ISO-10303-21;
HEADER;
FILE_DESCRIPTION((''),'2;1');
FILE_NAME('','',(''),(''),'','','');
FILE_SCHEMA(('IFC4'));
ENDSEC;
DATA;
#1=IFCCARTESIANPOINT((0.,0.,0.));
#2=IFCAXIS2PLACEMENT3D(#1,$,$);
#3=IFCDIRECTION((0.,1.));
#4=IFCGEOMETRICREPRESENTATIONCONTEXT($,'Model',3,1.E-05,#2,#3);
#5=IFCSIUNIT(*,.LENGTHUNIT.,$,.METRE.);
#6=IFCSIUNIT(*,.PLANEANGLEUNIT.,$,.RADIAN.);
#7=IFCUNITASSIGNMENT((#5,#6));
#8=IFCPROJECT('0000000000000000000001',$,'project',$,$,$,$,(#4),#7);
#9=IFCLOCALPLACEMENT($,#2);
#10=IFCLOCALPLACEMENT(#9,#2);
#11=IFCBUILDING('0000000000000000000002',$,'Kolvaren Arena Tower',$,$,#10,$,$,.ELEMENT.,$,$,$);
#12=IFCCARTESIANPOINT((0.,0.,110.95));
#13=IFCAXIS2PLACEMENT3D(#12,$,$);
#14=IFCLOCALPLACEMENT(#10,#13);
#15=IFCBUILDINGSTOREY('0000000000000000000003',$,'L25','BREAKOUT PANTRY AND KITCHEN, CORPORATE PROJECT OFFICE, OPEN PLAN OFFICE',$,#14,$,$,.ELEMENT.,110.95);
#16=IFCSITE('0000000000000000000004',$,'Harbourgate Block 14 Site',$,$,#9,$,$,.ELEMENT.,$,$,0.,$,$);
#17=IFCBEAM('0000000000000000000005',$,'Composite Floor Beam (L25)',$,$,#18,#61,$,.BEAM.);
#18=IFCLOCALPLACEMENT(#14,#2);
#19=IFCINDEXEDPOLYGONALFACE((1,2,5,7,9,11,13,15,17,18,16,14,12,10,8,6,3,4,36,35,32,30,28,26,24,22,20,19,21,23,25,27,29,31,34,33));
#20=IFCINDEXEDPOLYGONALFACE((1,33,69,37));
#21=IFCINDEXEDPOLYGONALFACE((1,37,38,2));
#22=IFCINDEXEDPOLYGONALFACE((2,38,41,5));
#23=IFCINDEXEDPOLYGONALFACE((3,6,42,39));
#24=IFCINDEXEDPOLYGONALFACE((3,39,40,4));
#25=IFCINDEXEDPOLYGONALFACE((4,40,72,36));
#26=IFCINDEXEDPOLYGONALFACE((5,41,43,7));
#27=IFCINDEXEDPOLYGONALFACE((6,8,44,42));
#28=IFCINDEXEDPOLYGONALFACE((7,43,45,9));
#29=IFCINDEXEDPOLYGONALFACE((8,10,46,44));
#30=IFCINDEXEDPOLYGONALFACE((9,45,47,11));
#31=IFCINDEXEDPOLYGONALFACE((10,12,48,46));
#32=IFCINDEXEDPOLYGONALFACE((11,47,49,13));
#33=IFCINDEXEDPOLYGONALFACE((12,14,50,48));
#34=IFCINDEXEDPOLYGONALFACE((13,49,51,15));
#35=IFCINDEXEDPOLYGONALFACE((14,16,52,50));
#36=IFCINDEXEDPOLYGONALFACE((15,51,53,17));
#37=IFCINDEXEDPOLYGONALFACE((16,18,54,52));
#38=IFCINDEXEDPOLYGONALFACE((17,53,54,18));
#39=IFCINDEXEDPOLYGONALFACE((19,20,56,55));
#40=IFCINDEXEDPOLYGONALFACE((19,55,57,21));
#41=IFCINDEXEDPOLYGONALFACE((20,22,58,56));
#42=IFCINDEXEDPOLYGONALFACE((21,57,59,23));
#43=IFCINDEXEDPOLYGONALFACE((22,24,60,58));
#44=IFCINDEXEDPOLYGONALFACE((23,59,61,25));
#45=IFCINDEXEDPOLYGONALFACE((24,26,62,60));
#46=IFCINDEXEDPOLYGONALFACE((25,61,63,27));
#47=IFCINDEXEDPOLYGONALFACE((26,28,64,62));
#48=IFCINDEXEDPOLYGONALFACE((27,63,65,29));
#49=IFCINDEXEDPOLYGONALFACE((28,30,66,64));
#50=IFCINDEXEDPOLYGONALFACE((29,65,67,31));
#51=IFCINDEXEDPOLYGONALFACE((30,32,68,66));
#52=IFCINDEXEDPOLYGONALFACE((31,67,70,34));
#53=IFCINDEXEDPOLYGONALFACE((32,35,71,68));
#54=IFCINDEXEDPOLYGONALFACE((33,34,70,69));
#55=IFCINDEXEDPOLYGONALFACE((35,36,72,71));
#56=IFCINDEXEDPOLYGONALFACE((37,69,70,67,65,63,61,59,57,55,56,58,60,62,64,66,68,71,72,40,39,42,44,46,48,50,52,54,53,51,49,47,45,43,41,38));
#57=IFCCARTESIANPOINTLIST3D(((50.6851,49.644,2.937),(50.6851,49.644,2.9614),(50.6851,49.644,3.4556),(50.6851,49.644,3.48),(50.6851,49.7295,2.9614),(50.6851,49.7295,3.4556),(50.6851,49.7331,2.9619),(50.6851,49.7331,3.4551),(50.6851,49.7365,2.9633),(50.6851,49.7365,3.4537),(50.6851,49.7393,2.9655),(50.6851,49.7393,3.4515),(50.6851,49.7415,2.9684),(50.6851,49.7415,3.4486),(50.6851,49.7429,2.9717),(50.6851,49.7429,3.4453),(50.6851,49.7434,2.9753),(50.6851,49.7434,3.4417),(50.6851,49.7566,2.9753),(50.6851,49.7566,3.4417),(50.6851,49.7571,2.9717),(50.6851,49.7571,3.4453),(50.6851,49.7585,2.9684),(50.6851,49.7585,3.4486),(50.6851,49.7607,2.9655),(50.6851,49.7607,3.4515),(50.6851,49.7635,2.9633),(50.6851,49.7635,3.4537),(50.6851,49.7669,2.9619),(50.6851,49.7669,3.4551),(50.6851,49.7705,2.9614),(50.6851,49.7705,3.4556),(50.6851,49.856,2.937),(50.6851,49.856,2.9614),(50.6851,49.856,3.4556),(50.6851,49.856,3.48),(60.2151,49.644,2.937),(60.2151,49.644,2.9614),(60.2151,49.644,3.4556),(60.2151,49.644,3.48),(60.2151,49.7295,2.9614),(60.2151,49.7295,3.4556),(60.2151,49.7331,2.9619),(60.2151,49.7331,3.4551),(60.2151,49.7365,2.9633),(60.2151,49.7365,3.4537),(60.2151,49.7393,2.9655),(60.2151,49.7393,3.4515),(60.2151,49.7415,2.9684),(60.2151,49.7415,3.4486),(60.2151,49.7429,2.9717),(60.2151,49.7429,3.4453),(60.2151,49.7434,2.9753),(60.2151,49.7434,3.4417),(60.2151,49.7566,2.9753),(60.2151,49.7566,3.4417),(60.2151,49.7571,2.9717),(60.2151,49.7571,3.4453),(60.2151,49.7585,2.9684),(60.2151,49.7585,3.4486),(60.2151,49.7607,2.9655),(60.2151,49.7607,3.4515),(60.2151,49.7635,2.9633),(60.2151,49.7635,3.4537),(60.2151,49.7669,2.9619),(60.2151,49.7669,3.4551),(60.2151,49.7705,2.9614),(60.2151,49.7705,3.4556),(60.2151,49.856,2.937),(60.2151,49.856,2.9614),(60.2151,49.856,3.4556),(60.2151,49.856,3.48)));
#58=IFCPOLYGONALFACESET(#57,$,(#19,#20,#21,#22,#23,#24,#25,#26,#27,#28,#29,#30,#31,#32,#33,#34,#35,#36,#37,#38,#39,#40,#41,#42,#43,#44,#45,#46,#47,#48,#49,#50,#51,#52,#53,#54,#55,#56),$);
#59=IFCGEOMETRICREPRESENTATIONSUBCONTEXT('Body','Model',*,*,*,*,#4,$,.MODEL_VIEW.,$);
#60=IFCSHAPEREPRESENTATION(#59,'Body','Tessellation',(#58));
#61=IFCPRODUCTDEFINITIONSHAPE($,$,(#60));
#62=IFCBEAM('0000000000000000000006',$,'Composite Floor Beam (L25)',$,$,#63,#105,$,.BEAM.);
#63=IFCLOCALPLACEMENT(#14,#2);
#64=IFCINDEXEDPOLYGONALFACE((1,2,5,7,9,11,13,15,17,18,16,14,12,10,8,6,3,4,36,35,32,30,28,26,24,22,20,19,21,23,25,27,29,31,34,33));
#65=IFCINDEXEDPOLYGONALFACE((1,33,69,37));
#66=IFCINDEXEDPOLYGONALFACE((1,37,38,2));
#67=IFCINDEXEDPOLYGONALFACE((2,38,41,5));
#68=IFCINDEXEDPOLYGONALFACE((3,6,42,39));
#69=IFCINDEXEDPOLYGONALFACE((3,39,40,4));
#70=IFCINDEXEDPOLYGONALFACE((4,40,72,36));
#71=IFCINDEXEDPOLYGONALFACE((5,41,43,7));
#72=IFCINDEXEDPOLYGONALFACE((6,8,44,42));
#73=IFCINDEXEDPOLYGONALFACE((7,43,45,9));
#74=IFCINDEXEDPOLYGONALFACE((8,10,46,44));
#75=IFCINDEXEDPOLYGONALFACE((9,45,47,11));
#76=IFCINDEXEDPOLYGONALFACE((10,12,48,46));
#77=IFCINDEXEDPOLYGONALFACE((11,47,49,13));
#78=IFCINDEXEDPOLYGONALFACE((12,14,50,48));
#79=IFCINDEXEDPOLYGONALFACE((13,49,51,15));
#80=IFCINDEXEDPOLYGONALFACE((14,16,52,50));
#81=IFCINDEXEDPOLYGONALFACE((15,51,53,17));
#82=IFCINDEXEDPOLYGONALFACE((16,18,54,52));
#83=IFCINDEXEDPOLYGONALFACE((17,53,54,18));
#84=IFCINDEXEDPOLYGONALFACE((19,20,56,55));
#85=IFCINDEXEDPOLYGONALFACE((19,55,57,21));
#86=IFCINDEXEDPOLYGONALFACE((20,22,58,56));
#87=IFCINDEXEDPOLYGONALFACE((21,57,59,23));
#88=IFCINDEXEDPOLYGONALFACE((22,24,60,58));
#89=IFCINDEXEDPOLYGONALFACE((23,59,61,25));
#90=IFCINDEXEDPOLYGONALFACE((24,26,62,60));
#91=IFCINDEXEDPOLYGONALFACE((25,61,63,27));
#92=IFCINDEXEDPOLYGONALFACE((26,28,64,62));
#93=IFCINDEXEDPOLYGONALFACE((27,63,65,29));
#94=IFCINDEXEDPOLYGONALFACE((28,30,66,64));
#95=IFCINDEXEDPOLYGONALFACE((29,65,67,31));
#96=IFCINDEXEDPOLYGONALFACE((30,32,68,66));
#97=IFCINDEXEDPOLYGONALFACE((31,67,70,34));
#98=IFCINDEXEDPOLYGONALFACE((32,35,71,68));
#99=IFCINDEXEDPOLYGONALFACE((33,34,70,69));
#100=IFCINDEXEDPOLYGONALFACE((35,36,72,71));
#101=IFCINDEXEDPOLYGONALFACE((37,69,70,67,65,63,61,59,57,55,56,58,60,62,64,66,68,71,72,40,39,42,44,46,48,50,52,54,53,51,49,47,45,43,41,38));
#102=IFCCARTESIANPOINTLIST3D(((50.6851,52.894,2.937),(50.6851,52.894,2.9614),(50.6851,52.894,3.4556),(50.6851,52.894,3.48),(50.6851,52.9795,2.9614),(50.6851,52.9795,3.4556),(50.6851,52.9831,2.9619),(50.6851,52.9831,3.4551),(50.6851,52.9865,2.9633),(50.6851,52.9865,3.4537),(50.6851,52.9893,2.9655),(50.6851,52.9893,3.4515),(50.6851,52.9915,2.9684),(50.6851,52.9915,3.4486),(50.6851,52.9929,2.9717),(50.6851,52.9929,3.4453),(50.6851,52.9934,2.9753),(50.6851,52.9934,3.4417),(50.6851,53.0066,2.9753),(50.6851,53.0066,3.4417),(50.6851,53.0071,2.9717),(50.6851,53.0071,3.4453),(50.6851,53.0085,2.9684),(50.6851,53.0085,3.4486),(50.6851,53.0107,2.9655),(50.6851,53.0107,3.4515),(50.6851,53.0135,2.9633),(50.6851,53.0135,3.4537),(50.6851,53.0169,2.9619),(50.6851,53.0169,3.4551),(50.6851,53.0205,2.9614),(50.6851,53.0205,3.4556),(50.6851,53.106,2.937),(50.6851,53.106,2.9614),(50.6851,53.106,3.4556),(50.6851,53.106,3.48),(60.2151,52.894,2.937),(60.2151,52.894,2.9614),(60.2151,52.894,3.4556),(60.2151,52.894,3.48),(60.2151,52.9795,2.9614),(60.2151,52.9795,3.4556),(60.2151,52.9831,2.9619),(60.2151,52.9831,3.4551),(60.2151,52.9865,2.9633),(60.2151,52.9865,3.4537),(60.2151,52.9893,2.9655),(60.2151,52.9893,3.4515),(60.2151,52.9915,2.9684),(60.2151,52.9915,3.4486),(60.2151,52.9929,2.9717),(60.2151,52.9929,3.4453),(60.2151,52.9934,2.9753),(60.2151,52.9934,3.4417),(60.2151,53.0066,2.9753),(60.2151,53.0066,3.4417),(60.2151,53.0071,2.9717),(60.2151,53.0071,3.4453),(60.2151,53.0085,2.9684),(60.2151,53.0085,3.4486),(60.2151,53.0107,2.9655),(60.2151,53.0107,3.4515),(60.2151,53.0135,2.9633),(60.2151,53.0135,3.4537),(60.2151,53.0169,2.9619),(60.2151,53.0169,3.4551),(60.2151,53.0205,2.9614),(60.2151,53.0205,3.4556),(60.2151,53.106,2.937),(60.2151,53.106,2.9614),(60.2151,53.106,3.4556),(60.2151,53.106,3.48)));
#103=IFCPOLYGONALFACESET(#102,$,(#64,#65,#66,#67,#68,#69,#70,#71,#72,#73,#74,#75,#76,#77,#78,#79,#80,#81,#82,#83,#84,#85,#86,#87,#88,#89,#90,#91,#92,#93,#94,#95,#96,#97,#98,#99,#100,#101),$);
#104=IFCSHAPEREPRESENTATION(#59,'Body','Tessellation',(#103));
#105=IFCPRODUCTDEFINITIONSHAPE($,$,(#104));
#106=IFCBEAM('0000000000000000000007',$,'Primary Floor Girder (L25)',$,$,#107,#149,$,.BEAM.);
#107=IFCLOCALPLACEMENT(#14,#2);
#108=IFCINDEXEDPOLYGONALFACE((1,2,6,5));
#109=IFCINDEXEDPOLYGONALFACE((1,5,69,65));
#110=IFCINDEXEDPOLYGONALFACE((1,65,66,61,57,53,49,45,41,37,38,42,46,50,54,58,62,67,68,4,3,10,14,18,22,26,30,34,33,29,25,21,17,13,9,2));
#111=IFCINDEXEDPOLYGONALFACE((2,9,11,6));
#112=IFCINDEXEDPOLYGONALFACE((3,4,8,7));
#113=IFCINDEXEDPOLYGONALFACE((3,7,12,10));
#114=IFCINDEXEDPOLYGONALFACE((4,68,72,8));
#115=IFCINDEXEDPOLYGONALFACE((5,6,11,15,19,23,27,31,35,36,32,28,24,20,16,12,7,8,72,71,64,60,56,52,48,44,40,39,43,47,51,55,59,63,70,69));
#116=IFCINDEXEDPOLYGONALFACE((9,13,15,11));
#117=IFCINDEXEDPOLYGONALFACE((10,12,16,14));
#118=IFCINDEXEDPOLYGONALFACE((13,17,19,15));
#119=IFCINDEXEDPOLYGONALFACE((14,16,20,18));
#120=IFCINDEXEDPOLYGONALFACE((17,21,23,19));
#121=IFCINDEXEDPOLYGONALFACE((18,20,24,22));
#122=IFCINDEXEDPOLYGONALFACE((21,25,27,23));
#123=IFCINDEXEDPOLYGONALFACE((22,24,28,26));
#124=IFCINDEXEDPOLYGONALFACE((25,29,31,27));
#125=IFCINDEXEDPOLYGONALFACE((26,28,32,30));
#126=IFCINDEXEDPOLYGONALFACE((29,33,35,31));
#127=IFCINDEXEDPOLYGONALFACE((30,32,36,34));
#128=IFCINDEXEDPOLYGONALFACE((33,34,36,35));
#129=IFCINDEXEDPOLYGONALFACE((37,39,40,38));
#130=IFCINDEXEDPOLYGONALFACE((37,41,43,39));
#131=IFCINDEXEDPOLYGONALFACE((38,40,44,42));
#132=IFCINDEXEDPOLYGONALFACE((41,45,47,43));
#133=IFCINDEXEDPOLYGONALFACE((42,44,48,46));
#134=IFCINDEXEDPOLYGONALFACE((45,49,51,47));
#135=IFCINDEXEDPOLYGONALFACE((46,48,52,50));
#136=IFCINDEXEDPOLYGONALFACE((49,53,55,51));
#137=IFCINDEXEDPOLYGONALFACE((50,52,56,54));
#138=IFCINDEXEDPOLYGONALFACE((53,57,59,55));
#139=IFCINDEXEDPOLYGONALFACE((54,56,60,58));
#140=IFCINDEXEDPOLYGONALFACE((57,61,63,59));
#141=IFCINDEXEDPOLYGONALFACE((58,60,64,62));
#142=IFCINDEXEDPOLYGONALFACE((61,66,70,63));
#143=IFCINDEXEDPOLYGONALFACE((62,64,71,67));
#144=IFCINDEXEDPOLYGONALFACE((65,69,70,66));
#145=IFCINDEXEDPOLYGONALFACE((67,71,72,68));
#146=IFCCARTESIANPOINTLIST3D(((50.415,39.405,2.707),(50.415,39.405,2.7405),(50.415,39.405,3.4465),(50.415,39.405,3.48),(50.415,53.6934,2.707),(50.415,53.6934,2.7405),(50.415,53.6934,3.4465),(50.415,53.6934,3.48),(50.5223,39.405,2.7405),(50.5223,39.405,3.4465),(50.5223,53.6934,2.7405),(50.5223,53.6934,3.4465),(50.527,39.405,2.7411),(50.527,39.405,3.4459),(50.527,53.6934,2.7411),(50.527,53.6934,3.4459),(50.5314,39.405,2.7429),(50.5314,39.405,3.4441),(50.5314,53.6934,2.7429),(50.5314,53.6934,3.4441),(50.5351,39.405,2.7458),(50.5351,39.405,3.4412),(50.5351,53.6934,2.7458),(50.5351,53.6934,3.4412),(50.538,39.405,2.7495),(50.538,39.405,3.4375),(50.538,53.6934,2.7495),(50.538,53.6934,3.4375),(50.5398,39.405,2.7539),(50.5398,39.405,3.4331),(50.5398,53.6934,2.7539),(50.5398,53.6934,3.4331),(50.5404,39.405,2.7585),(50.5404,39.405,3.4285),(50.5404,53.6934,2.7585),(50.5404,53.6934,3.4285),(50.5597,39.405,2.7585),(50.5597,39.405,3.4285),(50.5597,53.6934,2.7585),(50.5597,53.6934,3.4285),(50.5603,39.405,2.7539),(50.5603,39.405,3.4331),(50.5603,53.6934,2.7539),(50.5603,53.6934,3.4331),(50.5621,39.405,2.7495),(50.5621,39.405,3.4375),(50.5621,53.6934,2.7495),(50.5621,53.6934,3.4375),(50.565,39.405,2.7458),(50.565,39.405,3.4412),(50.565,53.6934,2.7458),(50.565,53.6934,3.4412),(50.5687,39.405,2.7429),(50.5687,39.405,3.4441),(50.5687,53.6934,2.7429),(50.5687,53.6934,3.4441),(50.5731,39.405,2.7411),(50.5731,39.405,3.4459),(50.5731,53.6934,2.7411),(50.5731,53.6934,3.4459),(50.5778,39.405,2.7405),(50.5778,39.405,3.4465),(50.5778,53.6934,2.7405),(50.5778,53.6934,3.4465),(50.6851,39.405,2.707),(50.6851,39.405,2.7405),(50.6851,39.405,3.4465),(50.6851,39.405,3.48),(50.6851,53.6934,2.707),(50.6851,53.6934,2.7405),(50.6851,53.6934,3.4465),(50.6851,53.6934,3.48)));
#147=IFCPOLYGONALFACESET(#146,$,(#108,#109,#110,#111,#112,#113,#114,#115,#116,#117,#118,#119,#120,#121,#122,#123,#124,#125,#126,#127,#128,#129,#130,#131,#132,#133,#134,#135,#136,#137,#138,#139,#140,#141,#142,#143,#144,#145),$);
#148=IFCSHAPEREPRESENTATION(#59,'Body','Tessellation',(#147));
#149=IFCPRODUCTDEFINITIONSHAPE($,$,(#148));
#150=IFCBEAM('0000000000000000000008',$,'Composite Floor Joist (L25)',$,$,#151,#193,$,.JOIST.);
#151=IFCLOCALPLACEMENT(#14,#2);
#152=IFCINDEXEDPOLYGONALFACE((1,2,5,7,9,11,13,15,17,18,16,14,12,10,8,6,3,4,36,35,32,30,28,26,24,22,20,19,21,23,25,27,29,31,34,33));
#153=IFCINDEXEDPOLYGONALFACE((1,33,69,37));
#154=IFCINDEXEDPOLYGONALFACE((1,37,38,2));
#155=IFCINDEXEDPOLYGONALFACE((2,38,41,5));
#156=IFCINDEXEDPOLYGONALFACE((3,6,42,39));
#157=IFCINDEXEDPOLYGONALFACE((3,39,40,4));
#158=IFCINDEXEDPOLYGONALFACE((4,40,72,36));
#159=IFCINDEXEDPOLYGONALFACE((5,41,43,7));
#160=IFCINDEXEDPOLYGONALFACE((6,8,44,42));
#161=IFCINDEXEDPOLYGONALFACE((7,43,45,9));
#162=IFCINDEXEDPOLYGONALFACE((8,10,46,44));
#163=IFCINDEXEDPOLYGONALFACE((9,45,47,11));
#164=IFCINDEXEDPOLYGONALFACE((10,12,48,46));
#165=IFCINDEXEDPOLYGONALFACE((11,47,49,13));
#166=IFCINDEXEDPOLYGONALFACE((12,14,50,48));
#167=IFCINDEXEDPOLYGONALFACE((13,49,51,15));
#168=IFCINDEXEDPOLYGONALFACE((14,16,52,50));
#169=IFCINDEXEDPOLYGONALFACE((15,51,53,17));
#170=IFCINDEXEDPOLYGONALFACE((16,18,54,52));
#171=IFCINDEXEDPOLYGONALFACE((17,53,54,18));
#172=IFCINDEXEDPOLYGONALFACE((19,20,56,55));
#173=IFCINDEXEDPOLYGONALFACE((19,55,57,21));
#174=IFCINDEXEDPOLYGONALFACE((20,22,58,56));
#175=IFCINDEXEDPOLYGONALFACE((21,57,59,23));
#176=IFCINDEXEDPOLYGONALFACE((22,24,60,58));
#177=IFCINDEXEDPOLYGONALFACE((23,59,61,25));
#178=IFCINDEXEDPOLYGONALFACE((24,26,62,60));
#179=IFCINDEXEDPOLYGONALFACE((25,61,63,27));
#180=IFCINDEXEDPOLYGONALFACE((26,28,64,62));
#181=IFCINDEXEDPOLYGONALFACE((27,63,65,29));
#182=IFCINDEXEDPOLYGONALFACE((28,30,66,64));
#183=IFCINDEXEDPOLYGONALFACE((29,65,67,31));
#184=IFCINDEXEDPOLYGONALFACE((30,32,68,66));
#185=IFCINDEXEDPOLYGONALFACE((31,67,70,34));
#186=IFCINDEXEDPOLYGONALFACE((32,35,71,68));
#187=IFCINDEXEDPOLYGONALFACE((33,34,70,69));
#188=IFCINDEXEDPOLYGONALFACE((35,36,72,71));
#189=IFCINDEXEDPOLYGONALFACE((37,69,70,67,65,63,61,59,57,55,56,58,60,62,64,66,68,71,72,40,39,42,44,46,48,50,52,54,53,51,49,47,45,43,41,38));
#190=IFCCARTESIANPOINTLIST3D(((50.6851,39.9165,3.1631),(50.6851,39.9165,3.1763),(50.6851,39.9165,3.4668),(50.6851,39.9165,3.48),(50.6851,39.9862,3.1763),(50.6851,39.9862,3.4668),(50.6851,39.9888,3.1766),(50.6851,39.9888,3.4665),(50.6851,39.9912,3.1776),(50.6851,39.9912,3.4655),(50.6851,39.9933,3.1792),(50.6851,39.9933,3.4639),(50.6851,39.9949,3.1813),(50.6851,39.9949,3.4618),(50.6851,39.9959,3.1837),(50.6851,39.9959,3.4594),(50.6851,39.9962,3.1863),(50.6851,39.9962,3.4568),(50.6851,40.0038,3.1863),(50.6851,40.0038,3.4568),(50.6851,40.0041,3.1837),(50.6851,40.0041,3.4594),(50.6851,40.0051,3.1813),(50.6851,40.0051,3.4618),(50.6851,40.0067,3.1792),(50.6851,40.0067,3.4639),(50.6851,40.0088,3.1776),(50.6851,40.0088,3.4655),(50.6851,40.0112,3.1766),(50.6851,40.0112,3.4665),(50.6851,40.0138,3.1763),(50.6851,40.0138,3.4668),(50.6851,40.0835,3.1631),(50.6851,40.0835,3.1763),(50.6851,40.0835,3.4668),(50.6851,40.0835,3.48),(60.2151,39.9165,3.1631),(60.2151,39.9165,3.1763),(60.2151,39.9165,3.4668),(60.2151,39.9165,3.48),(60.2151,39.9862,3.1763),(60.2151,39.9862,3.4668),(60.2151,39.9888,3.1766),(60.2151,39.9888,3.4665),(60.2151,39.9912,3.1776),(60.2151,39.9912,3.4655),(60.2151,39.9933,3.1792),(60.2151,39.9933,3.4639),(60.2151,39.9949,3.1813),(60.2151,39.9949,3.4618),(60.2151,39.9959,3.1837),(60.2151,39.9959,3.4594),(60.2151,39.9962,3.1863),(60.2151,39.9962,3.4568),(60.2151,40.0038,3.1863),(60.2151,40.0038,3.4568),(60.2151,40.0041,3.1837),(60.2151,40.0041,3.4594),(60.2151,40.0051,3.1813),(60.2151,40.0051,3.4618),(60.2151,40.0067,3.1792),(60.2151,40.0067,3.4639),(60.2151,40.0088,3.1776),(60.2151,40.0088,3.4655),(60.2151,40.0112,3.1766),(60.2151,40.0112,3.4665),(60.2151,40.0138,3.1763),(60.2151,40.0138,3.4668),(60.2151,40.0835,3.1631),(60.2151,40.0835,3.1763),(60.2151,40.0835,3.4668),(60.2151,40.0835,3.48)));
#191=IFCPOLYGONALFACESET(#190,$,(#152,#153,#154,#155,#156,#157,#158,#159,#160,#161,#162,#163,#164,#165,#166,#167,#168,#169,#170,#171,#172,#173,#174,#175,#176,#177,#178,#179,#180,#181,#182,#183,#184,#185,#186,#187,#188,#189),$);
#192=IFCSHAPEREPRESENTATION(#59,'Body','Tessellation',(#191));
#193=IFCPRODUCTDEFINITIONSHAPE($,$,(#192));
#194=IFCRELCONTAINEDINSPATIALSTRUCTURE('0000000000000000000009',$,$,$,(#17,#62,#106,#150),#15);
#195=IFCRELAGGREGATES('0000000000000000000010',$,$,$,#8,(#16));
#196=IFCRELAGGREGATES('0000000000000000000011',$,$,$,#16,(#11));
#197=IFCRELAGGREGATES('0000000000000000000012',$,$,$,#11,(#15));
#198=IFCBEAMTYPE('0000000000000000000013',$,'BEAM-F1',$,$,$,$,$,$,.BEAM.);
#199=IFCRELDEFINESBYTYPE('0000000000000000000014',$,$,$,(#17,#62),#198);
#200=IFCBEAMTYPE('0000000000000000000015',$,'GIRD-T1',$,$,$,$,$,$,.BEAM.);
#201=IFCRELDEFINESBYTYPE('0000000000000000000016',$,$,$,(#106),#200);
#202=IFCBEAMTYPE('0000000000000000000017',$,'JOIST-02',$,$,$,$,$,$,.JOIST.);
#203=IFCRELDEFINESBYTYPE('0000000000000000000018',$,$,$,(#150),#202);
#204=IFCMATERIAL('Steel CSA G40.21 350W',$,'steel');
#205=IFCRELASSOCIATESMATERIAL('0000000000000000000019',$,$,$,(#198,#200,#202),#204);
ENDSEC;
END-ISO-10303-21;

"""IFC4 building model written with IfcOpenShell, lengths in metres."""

from ifc_helpers import new_model, si_unit, direction, frame, origin, origin_2d, place, context, subcontext, project, spatial, i_section, extrude, material, material_profile, profile_set, type_object, element, save


model = new_model("IFC4")

# Units and contexts
model_context = context("Model", 3, precision=1e-05, world=origin(), true_north=direction((0.0, 1.0)))
body_context = subcontext(model_context, "Body", "Model", "MODEL_VIEW")
ifc_project = project(units=[si_unit("LENGTHUNIT", "METRE"), si_unit("PLANEANGLEUNIT", "RADIAN")], contexts=[model_context])

# Site, building, storey
site_placement = place(None, origin())
site = spatial("IfcSite", under=ifc_project, at=site_placement, Name="Harbourgate Block 14 Site", CompositionType="ELEMENT", RefElevation=0.0)
building_placement = place(site_placement, origin())
building = spatial("IfcBuilding", under=site, at=building_placement, Name="Kolvaren Arena Tower", CompositionType="ELEMENT")
storey_placement = place(building_placement, frame((0.0, 0.0, 110.95)))
storey = spatial("IfcBuildingStorey", under=building, at=storey_placement, Name="L25", Description="BREAKOUT PANTRY AND KITCHEN, CORPORATE PROJECT OFFICE, OPEN PLAN OFFICE", CompositionType="ELEMENT", Elevation=110.95)

# Beams
ifc_material_1 = material(Name="Steel CSA G40.21 350W", Category="steel")
ifc_material_profile_1 = material_profile(ifc_material_1, i_section(OverallWidth=0.2119, OverallDepth=0.543, WebThickness=0.0132, FlangeThickness=0.0244, FilletRadius=0.0139, at=origin_2d()), Name="W530x150")
ifc_profile_set_1 = profile_set([ifc_material_profile_1], Name="Steel CSA G40.21 350W")
beam_type_1 = type_object("IfcBeamType", Name="BEAM-F1", PredefinedType="BEAM", material=ifc_profile_set_1)
for number, where, z_axis, x_axis, name in (
    (1, (50.6851, 49.75, 3.2085), (1.0, 0.0, 0.0), (0.0, 1.0, 0.0), "Composite Floor Beam (L25)"),
    (2, (50.6851, 53.0, 3.2085), (1.0, 0.0, 0.0), (0.0, 1.0, 0.0), "Composite Floor Beam (L25)"),
):
    element("IfcBeam", number, at=place(storey_placement, frame(where, z_axis=z_axis, x_axis=x_axis)), inside=storey, type_object=beam_type_1, Name=name, PredefinedType="BEAM", context=body_context, shape_type="SweptSolid", body=[
        extrude(i_section(OverallWidth=0.2119, OverallDepth=0.543, WebThickness=0.0132, FlangeThickness=0.0244, FilletRadius=0.0139, at=origin_2d()), origin(), (0.0, 0.0, 1.0), 9.53),
    ])
ifc_material_profile_2 = material_profile(ifc_material_1, i_section(OverallWidth=0.27, OverallDepth=0.7729, WebThickness=0.0193, FlangeThickness=0.0334, FilletRadius=0.0181, at=origin_2d()), Name="W760x257")
ifc_profile_set_2 = profile_set([ifc_material_profile_2], Name="Steel CSA G40.21 350W")
beam_type_2 = type_object("IfcBeamType", Name="GIRD-T1", PredefinedType="BEAM", material=ifc_profile_set_2)
beam_1_placement = place(storey_placement, frame((50.55, 39.405, 3.0935), z_axis=(0.0, 1.0, 0.0), x_axis=(-1.0, 0.0, 0.0)))
element("IfcBeam", 3, at=beam_1_placement, inside=storey, type_object=beam_type_2, Name="Primary Floor Girder (L25)", PredefinedType="BEAM", context=body_context, shape_type="SweptSolid", body=[
    extrude(i_section(OverallWidth=0.27, OverallDepth=0.7729, WebThickness=0.0193, FlangeThickness=0.0334, FilletRadius=0.0181, at=origin_2d()), origin(), (0.0, 0.0, 1.0), 14.2883),
])
ifc_material_profile_3 = material_profile(ifc_material_1, i_section(OverallWidth=0.167, OverallDepth=0.3169, WebThickness=0.0076, FlangeThickness=0.0132, FilletRadius=0.01, at=origin_2d()), Name="W310x52")
ifc_profile_set_3 = profile_set([ifc_material_profile_3], Name="Steel CSA G40.21 350W")
beam_type_3 = type_object("IfcBeamType", Name="JOIST-02", PredefinedType="JOIST", material=ifc_profile_set_3)
beam_2_placement = place(storey_placement, frame((50.6851, 40.0, 3.3215), z_axis=(1.0, 0.0, 0.0), x_axis=(0.0, 1.0, 0.0)))
element("IfcBeam", 4, at=beam_2_placement, inside=storey, type_object=beam_type_3, Name="Composite Floor Joist (L25)", PredefinedType="JOIST", context=body_context, shape_type="SweptSolid", body=[
    extrude(i_section(OverallWidth=0.167, OverallDepth=0.3169, WebThickness=0.0076, FlangeThickness=0.0132, FilletRadius=0.01, at=origin_2d()), origin(), (0.0, 0.0, 1.0), 9.53),
])

save(model, "model.ifc")
